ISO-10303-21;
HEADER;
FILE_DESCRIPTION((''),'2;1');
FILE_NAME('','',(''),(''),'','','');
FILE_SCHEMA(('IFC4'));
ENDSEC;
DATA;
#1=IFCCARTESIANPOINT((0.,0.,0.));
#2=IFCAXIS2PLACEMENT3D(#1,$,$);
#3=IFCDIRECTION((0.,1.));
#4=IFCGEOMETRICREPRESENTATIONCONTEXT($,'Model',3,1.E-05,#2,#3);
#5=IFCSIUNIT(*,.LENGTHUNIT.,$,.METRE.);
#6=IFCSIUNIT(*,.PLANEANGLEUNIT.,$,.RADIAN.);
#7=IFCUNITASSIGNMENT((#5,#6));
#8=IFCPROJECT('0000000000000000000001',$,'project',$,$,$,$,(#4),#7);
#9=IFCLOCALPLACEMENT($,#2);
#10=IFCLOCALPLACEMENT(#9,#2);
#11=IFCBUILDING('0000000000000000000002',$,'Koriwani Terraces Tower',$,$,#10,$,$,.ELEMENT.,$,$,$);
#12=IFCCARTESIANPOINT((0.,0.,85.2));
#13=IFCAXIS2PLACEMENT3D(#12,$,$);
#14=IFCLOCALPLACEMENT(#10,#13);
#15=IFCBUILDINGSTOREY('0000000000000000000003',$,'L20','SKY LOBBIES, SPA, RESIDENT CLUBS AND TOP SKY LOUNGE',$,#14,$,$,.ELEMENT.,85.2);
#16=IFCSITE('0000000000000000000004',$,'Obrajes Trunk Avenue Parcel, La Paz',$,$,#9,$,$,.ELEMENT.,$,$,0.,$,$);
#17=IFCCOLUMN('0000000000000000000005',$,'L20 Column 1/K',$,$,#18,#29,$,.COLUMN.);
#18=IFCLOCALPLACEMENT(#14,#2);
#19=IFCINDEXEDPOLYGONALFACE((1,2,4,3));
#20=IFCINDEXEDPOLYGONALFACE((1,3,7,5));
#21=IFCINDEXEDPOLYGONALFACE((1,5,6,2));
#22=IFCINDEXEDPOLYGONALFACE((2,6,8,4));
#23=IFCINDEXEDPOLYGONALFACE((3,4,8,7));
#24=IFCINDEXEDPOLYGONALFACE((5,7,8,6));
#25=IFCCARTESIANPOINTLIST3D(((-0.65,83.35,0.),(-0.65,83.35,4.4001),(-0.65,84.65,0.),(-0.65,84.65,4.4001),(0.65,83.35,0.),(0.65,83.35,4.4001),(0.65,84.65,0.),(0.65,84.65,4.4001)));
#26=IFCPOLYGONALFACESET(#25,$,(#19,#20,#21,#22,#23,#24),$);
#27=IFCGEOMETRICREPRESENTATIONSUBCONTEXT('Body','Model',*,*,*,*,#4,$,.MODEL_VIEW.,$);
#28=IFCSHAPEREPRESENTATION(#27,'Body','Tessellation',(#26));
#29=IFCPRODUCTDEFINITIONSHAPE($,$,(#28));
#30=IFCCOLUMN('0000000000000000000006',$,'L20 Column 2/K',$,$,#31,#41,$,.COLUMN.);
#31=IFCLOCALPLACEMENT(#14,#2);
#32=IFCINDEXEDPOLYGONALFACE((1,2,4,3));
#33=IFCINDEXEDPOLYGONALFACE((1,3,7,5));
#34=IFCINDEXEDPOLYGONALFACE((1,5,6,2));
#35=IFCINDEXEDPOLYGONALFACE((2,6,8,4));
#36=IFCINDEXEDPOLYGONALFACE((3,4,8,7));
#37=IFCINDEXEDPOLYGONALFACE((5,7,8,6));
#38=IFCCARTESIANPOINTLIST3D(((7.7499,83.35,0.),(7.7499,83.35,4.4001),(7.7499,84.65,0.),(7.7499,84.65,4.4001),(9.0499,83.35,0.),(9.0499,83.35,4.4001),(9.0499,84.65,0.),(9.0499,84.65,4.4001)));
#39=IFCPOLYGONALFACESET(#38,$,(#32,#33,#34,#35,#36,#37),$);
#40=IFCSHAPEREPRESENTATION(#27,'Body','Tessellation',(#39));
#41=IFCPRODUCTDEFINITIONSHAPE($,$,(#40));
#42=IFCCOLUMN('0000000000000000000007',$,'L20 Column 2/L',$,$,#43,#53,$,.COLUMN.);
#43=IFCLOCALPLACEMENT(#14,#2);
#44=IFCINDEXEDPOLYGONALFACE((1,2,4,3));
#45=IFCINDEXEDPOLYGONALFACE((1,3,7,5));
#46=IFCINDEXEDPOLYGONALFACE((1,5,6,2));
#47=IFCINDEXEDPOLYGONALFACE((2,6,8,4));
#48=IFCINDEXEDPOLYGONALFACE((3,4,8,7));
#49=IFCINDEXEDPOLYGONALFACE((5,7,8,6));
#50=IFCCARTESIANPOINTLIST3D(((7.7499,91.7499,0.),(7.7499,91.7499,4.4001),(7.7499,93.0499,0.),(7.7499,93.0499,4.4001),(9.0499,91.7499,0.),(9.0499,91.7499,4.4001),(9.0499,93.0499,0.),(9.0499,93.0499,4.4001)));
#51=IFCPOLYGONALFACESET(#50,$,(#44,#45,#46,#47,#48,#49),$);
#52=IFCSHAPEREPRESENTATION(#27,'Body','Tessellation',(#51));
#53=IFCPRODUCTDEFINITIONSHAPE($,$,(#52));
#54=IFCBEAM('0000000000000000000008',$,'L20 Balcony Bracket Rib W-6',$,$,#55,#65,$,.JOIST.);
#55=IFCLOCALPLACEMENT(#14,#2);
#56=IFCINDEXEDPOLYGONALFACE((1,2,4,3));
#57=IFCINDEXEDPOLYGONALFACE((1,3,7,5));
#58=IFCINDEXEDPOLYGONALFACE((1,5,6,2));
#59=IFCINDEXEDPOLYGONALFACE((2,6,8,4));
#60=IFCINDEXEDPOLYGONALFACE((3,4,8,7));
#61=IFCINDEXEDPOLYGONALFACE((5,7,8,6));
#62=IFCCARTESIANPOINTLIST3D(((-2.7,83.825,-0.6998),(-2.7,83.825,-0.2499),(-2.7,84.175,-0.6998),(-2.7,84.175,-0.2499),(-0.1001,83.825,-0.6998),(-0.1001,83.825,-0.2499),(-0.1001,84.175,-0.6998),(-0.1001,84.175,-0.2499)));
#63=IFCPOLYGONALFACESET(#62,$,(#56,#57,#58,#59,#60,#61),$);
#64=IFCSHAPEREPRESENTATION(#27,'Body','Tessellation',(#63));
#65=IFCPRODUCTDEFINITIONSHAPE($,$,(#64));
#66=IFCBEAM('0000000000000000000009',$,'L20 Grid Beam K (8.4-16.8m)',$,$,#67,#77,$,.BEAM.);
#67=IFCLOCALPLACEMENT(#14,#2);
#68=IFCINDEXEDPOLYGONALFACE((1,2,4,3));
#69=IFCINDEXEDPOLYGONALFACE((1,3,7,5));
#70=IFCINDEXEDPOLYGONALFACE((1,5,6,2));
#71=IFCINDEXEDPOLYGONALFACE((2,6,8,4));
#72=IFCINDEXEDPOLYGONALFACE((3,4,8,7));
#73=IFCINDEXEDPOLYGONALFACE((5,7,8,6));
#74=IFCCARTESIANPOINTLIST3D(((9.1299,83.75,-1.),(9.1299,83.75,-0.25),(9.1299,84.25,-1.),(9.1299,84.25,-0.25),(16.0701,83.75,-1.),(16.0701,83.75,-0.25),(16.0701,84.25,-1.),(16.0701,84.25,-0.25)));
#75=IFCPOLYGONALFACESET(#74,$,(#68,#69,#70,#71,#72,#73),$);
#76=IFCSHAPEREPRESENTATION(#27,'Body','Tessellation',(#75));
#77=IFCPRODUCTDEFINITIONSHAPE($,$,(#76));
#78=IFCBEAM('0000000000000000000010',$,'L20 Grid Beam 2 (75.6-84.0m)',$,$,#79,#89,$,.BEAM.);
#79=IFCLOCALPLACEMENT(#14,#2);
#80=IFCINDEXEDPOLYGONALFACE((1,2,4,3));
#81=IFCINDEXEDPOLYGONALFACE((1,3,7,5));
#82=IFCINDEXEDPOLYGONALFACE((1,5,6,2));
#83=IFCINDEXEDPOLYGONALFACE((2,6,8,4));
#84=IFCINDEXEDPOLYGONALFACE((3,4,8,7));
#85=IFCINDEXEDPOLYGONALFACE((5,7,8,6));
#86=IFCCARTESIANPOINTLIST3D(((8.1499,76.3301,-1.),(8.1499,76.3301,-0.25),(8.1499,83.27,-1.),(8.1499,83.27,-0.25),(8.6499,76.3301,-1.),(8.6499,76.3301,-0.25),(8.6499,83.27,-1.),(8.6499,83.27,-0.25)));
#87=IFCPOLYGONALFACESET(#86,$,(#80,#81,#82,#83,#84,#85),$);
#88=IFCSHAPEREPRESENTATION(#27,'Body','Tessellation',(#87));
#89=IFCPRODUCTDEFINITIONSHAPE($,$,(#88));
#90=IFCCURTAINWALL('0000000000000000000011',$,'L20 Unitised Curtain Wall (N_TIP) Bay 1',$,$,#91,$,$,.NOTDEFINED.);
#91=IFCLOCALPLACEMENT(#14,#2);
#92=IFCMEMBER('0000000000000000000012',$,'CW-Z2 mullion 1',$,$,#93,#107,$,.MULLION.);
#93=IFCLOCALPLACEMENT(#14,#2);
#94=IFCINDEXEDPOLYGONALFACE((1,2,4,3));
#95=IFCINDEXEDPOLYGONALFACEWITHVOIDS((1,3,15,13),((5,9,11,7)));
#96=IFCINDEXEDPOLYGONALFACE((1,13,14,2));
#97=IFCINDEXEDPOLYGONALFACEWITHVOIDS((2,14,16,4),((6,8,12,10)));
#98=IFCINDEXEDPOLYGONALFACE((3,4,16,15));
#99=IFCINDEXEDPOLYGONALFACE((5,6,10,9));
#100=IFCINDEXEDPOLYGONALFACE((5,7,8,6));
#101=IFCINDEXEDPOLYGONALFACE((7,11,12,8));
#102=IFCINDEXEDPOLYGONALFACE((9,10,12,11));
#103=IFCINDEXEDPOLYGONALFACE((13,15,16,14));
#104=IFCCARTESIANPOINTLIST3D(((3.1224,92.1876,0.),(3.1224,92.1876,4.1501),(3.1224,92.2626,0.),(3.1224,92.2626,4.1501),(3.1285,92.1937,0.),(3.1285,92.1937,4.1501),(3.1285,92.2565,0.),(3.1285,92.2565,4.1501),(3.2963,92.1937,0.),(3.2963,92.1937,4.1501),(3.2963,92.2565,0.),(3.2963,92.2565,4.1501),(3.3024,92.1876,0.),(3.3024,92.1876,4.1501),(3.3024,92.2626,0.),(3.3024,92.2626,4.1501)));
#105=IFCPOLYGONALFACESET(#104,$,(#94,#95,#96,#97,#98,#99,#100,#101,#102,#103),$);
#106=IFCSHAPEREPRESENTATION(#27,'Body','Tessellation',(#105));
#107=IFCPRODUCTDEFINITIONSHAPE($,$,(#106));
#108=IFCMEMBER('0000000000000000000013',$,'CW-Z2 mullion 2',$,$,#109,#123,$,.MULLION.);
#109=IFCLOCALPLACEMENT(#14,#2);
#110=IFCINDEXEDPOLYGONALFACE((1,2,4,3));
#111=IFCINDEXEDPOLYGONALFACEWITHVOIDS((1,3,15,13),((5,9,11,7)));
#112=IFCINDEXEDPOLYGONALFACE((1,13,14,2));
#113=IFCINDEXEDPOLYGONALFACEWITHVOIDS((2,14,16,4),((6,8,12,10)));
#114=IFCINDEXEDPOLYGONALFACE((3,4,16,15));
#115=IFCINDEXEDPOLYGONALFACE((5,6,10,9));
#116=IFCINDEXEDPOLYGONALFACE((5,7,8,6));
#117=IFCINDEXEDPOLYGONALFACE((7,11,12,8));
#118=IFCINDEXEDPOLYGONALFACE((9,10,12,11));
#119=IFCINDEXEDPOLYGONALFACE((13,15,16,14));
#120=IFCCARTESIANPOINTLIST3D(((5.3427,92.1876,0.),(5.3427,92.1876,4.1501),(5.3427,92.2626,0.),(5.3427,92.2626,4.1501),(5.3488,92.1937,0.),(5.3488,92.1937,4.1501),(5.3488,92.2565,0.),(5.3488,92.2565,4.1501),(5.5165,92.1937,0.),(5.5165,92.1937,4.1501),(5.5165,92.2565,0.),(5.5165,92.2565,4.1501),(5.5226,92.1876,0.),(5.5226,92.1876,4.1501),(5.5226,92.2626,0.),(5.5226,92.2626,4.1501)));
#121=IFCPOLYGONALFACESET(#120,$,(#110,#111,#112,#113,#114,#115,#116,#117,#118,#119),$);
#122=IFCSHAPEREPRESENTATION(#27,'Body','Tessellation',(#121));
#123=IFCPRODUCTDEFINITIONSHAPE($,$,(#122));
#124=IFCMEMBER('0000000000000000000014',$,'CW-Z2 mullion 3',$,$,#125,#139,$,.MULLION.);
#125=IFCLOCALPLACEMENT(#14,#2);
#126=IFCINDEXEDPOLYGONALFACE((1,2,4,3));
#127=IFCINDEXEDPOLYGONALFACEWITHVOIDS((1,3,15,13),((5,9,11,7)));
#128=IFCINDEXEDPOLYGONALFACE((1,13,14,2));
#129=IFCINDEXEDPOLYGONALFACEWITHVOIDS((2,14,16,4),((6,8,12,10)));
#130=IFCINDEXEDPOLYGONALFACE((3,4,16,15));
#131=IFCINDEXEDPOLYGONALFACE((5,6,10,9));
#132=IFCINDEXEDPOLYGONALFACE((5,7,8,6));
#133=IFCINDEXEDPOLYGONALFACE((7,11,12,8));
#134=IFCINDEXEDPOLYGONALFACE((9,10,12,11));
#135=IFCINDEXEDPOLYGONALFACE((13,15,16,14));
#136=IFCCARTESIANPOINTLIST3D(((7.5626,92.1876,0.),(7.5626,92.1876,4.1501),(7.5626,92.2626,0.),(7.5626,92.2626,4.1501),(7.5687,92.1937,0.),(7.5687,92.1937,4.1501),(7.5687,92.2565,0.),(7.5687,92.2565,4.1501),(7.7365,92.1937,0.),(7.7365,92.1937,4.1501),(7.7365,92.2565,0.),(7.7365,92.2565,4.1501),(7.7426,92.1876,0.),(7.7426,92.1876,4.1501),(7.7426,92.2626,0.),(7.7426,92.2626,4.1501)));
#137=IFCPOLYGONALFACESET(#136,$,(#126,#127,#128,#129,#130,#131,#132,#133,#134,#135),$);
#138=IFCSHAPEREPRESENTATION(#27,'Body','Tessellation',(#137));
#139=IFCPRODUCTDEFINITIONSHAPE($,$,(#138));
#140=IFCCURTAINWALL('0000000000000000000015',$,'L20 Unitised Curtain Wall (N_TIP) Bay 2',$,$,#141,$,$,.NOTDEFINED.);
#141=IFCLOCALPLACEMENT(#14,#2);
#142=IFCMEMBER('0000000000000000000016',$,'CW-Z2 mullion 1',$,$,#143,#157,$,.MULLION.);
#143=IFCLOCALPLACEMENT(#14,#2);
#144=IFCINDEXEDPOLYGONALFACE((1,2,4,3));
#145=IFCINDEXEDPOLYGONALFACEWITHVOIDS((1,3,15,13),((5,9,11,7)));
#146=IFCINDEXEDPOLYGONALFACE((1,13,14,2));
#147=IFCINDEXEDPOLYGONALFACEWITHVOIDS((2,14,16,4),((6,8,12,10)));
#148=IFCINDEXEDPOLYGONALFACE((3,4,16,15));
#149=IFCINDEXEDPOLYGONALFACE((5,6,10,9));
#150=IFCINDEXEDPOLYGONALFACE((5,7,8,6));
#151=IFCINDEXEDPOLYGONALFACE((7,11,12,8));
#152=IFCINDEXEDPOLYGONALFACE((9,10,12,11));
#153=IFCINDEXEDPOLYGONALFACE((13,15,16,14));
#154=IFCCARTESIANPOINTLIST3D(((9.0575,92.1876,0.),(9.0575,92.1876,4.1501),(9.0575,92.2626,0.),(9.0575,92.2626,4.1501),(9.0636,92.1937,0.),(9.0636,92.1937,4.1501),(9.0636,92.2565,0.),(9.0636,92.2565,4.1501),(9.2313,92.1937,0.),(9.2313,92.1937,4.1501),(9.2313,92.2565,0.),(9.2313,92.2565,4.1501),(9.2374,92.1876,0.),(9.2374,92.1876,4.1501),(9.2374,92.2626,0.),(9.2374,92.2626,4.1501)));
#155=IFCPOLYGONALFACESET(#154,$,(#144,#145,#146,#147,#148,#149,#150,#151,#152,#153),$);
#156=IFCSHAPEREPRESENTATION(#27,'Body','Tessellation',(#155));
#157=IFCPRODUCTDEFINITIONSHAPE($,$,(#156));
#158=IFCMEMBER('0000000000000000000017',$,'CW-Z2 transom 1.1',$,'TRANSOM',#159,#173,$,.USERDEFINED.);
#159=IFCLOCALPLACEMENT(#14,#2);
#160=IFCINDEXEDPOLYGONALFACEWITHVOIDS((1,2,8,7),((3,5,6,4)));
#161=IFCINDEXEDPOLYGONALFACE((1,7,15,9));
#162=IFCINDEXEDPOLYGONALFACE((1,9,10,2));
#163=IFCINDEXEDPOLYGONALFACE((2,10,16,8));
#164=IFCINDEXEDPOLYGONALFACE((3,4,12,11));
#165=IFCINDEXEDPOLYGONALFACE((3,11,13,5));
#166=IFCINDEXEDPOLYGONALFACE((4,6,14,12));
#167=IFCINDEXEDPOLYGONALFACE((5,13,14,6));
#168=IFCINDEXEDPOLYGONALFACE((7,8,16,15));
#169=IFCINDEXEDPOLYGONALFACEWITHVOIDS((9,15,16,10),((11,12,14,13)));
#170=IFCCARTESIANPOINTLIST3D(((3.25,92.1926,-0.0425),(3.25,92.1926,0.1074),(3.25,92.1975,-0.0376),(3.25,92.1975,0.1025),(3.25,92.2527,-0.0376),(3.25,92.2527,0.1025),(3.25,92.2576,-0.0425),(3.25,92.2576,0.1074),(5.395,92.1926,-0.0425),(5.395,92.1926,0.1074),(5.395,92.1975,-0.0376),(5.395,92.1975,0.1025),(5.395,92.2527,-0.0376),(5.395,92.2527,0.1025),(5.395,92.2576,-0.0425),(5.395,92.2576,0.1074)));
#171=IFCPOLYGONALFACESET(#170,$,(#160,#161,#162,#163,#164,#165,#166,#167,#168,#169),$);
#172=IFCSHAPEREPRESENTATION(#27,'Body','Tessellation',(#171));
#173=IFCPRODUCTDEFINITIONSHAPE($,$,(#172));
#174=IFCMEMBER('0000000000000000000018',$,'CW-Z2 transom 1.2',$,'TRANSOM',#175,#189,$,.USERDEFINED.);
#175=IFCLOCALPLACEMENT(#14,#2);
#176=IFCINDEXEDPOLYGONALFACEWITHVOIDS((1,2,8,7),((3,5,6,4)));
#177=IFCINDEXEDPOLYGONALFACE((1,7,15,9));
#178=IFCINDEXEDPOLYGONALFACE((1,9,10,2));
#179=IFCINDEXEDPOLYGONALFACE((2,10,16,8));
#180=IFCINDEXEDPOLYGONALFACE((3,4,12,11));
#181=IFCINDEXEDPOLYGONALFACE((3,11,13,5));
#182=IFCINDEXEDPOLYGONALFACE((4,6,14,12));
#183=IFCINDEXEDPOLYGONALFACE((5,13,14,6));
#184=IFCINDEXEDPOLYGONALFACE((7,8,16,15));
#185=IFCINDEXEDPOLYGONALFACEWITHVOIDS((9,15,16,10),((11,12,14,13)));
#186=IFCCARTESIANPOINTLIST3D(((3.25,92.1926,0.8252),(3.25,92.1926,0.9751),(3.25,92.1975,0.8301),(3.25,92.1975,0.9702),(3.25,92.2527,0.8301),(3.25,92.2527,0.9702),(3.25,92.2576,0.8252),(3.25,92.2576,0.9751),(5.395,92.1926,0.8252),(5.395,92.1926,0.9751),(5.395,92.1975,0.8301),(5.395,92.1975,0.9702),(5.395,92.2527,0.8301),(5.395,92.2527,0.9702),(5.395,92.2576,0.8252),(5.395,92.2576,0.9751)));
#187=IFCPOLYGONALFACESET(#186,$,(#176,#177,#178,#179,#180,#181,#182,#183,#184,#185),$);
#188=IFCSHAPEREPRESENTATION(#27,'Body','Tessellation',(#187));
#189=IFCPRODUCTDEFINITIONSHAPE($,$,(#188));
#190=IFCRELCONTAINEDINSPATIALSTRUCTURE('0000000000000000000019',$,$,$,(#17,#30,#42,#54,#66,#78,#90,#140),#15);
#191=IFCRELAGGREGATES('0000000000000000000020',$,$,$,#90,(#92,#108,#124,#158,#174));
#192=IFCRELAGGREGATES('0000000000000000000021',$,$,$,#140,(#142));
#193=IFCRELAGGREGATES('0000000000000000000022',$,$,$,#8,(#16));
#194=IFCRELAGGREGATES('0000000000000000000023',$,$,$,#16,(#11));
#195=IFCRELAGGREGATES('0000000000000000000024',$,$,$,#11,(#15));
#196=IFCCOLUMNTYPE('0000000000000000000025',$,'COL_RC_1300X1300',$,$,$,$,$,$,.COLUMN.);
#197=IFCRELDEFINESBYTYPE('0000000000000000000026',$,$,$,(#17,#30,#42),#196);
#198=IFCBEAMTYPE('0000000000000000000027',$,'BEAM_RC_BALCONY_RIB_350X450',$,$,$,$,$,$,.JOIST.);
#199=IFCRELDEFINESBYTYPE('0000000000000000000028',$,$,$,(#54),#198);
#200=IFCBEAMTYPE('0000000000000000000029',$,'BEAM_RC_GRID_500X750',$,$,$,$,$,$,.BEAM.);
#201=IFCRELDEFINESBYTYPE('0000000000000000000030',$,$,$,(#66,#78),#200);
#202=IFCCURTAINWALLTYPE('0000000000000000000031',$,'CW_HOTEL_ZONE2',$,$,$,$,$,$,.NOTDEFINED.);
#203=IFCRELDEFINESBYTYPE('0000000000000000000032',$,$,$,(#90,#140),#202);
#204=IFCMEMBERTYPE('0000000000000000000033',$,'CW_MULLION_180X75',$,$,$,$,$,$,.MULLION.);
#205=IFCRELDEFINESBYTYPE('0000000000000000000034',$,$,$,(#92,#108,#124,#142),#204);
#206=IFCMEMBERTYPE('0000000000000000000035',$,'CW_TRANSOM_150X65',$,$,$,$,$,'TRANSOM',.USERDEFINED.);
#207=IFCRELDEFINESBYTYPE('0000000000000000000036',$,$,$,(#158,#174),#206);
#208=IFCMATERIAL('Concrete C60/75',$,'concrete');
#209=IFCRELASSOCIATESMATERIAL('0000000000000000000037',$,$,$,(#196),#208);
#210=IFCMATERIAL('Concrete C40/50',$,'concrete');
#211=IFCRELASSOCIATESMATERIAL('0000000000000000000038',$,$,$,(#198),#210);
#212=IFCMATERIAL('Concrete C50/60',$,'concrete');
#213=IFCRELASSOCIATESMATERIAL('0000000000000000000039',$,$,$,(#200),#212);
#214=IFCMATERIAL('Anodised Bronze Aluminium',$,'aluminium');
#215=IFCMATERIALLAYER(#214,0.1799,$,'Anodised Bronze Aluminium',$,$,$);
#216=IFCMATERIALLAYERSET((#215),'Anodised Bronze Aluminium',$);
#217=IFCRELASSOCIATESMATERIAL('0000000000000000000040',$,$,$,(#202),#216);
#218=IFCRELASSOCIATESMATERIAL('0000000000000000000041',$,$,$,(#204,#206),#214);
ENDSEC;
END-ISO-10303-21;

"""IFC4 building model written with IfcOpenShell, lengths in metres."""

from ifc_helpers import new_model, si_unit, direction, frame, origin, origin_2d, place, context, subcontext, project, spatial, rectangle, hollow_rectangle, extrude, material, layer, layer_set, material_profile, profile_set, type_object, element, aggregate, save


model = new_model("IFC4")

# Units and contexts
model_context = context("Model", 3, precision=1e-05, world=origin(), true_north=direction((0.0, 1.0)))
body_context = subcontext(model_context, "Body", "Model", "MODEL_VIEW")
ifc_project = project(units=[si_unit("LENGTHUNIT", "METRE"), si_unit("PLANEANGLEUNIT", "RADIAN")], contexts=[model_context])

# Site, building, storey
site_placement = place(None, origin())
site = spatial("IfcSite", under=ifc_project, at=site_placement, Name="Obrajes Trunk Avenue Parcel, La Paz", CompositionType="ELEMENT", RefElevation=0.0)
building_placement = place(site_placement, origin())
building = spatial("IfcBuilding", under=site, at=building_placement, Name="Koriwani Terraces Tower", CompositionType="ELEMENT")
storey_placement = place(building_placement, frame((0.0, 0.0, 85.2)))
storey = spatial("IfcBuildingStorey", under=building, at=storey_placement, Name="L20", Description="SKY LOBBIES, SPA, RESIDENT CLUBS AND TOP SKY LOUNGE", CompositionType="ELEMENT", Elevation=85.2)

# Columns
ifc_material_1 = material(Name="Concrete C60/75", Category="concrete")
ifc_material_profile_1 = material_profile(ifc_material_1, rectangle(XDim=1.3, YDim=1.3, at=origin_2d()), Name="Concrete C60/75", Category="LoadBearing")
ifc_profile_set_1 = profile_set([ifc_material_profile_1], Name="Concrete C60/75")
column_type = type_object("IfcColumnType", Name="COL_RC_1300X1300", PredefinedType="COLUMN", material=ifc_profile_set_1)
for number, where, z_axis, x_axis, name in (
    (1, (0.0, 84.0, 0.0), (0.0, 0.0, 1.0), (1.0, 0.0, 0.0), "L20 Column 1/K"),
    (2, (8.3999, 84.0, 0.0), (0.0, 0.0, 1.0), (1.0, 0.0, 0.0), "L20 Column 2/K"),
    (3, (8.3999, 92.3999, 0.0), (0.0, 0.0, 1.0), (1.0, 0.0, 0.0), "L20 Column 2/L"),
):
    element("IfcColumn", number, at=place(storey_placement, frame(where, z_axis=z_axis, x_axis=x_axis)), inside=storey, type_object=column_type, Name=name, PredefinedType="COLUMN", context=body_context, shape_type="SweptSolid", body=[
        extrude(rectangle(XDim=1.3, YDim=1.3, at=origin_2d()), origin(), (0.0, 0.0, 1.0), 4.4001),
    ])

# Beams
ifc_material_2 = material(Name="Concrete C40/50", Category="concrete")
ifc_material_profile_2 = material_profile(ifc_material_2, rectangle(XDim=0.3501, YDim=0.45, at=origin_2d()), Name="Concrete C40/50", Category="LoadBearing")
ifc_profile_set_2 = profile_set([ifc_material_profile_2], Name="Concrete C40/50")
beam_type_1 = type_object("IfcBeamType", Name="BEAM_RC_BALCONY_RIB_350X450", PredefinedType="JOIST", material=ifc_profile_set_2)
beam_1_placement = place(storey_placement, frame((-2.7, 84.0, -0.4749), z_axis=(1.0, 0.0, 0.0), x_axis=(0.0, 1.0, 0.0)))
element("IfcBeam", 4, at=beam_1_placement, inside=storey, type_object=beam_type_1, Name="L20 Balcony Bracket Rib W-6", PredefinedType="JOIST", context=body_context, shape_type="SweptSolid", body=[
    extrude(rectangle(XDim=0.3501, YDim=0.45, at=origin_2d()), origin(), (0.0, 0.0, 1.0), 2.5999),
])
ifc_material_3 = material(Name="Concrete C50/60", Category="concrete")
ifc_material_profile_3 = material_profile(ifc_material_3, rectangle(XDim=0.5, YDim=0.75, at=origin_2d()), Name="Concrete C50/60", Category="LoadBearing")
ifc_profile_set_3 = profile_set([ifc_material_profile_3], Name="Concrete C50/60")
beam_type_2 = type_object("IfcBeamType", Name="BEAM_RC_GRID_500X750", PredefinedType="BEAM", material=ifc_profile_set_3)
beam_2_placement = place(storey_placement, frame((9.1299, 84.0, -0.625), z_axis=(1.0, 0.0, 0.0), x_axis=(0.0, 1.0, 0.0)))
element("IfcBeam", 5, at=beam_2_placement, inside=storey, type_object=beam_type_2, Name="L20 Grid Beam K (8.4-16.8m)", PredefinedType="BEAM", context=body_context, shape_type="SweptSolid", body=[
    extrude(rectangle(XDim=0.5, YDim=0.75, at=origin_2d()), origin(), (0.0, 0.0, 1.0), 6.9402),
])
beam_3_placement = place(storey_placement, frame((8.3999, 76.3301, -0.625), z_axis=(0.0, 1.0, 0.0), x_axis=(-1.0, 0.0, 0.0)))
element("IfcBeam", 6, at=beam_3_placement, inside=storey, type_object=beam_type_2, Name="L20 Grid Beam 2 (75.6-84.0m)", PredefinedType="BEAM", context=body_context, shape_type="SweptSolid", body=[
    extrude(rectangle(XDim=0.5, YDim=0.75, at=origin_2d()), origin(), (0.0, 0.0, 1.0), 6.9399),
])

# Curtain wall, members
ifc_material_4 = material(Name="Anodised Bronze Aluminium", Category="aluminium")
ifc_layer_1 = layer(ifc_material_4, 0.1799, Name="Anodised Bronze Aluminium")
ifc_layer_set_1 = layer_set([ifc_layer_1], Name="Anodised Bronze Aluminium")
curtain_wall_type = type_object("IfcCurtainWallType", Name="CW_HOTEL_ZONE2", PredefinedType="NOTDEFINED", material=ifc_layer_set_1)
curtain_wall_1_placement = place(storey_placement, origin())
curtain_wall_1 = element("IfcCurtainWall", 7, at=curtain_wall_1_placement, inside=storey, type_object=curtain_wall_type, Name="L20 Unitised Curtain Wall (N_TIP) Bay 1", PredefinedType="NOTDEFINED")
ifc_material_profile_4 = material_profile(ifc_material_4, hollow_rectangle(XDim=0.075, YDim=0.1799, WallThickness=0.0061, at=origin_2d()), Name="Anodised Bronze Aluminium", Category="LoadBearing")
ifc_profile_set_4 = profile_set([ifc_material_profile_4], Name="Anodised Bronze Aluminium")
member_type_1 = type_object("IfcMemberType", Name="CW_MULLION_180X75", PredefinedType="MULLION", material=ifc_profile_set_4)
member_1_placement = place(storey_placement, frame((3.2124, 92.2251, 0.0), z_axis=(0.0, 0.0, 1.0), x_axis=(0.0, 1.0, 0.0)))
member_1 = element("IfcMember", 8, at=member_1_placement, type_object=member_type_1, Name="CW-Z2 mullion 1", PredefinedType="MULLION", context=body_context, shape_type="SweptSolid", body=[
    extrude(hollow_rectangle(XDim=0.075, YDim=0.1799, WallThickness=0.0061, at=origin_2d()), origin(), (0.0, 0.0, 1.0), 4.1501),
])
member_2_placement = place(storey_placement, frame((5.4326, 92.2251, 0.0), z_axis=(0.0, 0.0, 1.0), x_axis=(0.0, 1.0, 0.0)))
member_2 = element("IfcMember", 9, at=member_2_placement, type_object=member_type_1, Name="CW-Z2 mullion 2", PredefinedType="MULLION", context=body_context, shape_type="SweptSolid", body=[
    extrude(hollow_rectangle(XDim=0.075, YDim=0.1799, WallThickness=0.0061, at=origin_2d()), origin(), (0.0, 0.0, 1.0), 4.1501),
])
member_3_placement = place(storey_placement, frame((7.6526, 92.2251, 0.0), z_axis=(0.0, 0.0, 1.0), x_axis=(0.0, 1.0, 0.0)))
member_3 = element("IfcMember", 10, at=member_3_placement, type_object=member_type_1, Name="CW-Z2 mullion 3", PredefinedType="MULLION", context=body_context, shape_type="SweptSolid", body=[
    extrude(hollow_rectangle(XDim=0.075, YDim=0.1799, WallThickness=0.0061, at=origin_2d()), origin(), (0.0, 0.0, 1.0), 4.1501),
])

# Curtain wall, member
curtain_wall_2_placement = place(storey_placement, origin())
curtain_wall_2 = element("IfcCurtainWall", 11, at=curtain_wall_2_placement, inside=storey, type_object=curtain_wall_type, Name="L20 Unitised Curtain Wall (N_TIP) Bay 2", PredefinedType="NOTDEFINED")
member_4_placement = place(storey_placement, frame((9.1475, 92.2251, 0.0), z_axis=(0.0, 0.0, 1.0), x_axis=(0.0, 1.0, 0.0)))
member_4 = element("IfcMember", 12, at=member_4_placement, type_object=member_type_1, Name="CW-Z2 mullion 1", PredefinedType="MULLION", context=body_context, shape_type="SweptSolid", body=[
    extrude(hollow_rectangle(XDim=0.075, YDim=0.1799, WallThickness=0.0061, at=origin_2d()), origin(), (0.0, 0.0, 1.0), 4.1501),
])

# Members
ifc_material_profile_5 = material_profile(ifc_material_4, hollow_rectangle(XDim=0.0649, YDim=0.1499, WallThickness=0.0049, at=origin_2d()), Name="Anodised Bronze Aluminium", Category="LoadBearing")
ifc_profile_set_5 = profile_set([ifc_material_profile_5], Name="Anodised Bronze Aluminium")
member_type_2 = type_object("IfcMemberType", Name="CW_TRANSOM_150X65", ElementType="TRANSOM", PredefinedType="USERDEFINED", material=ifc_profile_set_5)
member_5_placement = place(storey_placement, frame((3.25, 92.2251, 0.0325), z_axis=(1.0, 0.0, 0.0), x_axis=(0.0, 1.0, 0.0)))
member_5 = element("IfcMember", 13, at=member_5_placement, type_object=member_type_2, Name="CW-Z2 transom 1.1", ObjectType="TRANSOM", PredefinedType="USERDEFINED", context=body_context, shape_type="SweptSolid", body=[
    extrude(hollow_rectangle(XDim=0.0649, YDim=0.1499, WallThickness=0.0049, at=origin_2d()), origin(), (0.0, 0.0, 1.0), 2.145),
])
member_6_placement = place(storey_placement, frame((3.25, 92.2251, 0.9001), z_axis=(1.0, 0.0, 0.0), x_axis=(0.0, 1.0, 0.0)))
member_6 = element("IfcMember", 14, at=member_6_placement, type_object=member_type_2, Name="CW-Z2 transom 1.2", ObjectType="TRANSOM", PredefinedType="USERDEFINED", context=body_context, shape_type="SweptSolid", body=[
    extrude(hollow_rectangle(XDim=0.0649, YDim=0.1499, WallThickness=0.0049, at=origin_2d()), origin(), (0.0, 0.0, 1.0), 2.145),
])

aggregate(curtain_wall_1, [member_1, member_2, member_3, member_5, member_6])
aggregate(curtain_wall_2, [member_4])

save(model, "model.ifc")
